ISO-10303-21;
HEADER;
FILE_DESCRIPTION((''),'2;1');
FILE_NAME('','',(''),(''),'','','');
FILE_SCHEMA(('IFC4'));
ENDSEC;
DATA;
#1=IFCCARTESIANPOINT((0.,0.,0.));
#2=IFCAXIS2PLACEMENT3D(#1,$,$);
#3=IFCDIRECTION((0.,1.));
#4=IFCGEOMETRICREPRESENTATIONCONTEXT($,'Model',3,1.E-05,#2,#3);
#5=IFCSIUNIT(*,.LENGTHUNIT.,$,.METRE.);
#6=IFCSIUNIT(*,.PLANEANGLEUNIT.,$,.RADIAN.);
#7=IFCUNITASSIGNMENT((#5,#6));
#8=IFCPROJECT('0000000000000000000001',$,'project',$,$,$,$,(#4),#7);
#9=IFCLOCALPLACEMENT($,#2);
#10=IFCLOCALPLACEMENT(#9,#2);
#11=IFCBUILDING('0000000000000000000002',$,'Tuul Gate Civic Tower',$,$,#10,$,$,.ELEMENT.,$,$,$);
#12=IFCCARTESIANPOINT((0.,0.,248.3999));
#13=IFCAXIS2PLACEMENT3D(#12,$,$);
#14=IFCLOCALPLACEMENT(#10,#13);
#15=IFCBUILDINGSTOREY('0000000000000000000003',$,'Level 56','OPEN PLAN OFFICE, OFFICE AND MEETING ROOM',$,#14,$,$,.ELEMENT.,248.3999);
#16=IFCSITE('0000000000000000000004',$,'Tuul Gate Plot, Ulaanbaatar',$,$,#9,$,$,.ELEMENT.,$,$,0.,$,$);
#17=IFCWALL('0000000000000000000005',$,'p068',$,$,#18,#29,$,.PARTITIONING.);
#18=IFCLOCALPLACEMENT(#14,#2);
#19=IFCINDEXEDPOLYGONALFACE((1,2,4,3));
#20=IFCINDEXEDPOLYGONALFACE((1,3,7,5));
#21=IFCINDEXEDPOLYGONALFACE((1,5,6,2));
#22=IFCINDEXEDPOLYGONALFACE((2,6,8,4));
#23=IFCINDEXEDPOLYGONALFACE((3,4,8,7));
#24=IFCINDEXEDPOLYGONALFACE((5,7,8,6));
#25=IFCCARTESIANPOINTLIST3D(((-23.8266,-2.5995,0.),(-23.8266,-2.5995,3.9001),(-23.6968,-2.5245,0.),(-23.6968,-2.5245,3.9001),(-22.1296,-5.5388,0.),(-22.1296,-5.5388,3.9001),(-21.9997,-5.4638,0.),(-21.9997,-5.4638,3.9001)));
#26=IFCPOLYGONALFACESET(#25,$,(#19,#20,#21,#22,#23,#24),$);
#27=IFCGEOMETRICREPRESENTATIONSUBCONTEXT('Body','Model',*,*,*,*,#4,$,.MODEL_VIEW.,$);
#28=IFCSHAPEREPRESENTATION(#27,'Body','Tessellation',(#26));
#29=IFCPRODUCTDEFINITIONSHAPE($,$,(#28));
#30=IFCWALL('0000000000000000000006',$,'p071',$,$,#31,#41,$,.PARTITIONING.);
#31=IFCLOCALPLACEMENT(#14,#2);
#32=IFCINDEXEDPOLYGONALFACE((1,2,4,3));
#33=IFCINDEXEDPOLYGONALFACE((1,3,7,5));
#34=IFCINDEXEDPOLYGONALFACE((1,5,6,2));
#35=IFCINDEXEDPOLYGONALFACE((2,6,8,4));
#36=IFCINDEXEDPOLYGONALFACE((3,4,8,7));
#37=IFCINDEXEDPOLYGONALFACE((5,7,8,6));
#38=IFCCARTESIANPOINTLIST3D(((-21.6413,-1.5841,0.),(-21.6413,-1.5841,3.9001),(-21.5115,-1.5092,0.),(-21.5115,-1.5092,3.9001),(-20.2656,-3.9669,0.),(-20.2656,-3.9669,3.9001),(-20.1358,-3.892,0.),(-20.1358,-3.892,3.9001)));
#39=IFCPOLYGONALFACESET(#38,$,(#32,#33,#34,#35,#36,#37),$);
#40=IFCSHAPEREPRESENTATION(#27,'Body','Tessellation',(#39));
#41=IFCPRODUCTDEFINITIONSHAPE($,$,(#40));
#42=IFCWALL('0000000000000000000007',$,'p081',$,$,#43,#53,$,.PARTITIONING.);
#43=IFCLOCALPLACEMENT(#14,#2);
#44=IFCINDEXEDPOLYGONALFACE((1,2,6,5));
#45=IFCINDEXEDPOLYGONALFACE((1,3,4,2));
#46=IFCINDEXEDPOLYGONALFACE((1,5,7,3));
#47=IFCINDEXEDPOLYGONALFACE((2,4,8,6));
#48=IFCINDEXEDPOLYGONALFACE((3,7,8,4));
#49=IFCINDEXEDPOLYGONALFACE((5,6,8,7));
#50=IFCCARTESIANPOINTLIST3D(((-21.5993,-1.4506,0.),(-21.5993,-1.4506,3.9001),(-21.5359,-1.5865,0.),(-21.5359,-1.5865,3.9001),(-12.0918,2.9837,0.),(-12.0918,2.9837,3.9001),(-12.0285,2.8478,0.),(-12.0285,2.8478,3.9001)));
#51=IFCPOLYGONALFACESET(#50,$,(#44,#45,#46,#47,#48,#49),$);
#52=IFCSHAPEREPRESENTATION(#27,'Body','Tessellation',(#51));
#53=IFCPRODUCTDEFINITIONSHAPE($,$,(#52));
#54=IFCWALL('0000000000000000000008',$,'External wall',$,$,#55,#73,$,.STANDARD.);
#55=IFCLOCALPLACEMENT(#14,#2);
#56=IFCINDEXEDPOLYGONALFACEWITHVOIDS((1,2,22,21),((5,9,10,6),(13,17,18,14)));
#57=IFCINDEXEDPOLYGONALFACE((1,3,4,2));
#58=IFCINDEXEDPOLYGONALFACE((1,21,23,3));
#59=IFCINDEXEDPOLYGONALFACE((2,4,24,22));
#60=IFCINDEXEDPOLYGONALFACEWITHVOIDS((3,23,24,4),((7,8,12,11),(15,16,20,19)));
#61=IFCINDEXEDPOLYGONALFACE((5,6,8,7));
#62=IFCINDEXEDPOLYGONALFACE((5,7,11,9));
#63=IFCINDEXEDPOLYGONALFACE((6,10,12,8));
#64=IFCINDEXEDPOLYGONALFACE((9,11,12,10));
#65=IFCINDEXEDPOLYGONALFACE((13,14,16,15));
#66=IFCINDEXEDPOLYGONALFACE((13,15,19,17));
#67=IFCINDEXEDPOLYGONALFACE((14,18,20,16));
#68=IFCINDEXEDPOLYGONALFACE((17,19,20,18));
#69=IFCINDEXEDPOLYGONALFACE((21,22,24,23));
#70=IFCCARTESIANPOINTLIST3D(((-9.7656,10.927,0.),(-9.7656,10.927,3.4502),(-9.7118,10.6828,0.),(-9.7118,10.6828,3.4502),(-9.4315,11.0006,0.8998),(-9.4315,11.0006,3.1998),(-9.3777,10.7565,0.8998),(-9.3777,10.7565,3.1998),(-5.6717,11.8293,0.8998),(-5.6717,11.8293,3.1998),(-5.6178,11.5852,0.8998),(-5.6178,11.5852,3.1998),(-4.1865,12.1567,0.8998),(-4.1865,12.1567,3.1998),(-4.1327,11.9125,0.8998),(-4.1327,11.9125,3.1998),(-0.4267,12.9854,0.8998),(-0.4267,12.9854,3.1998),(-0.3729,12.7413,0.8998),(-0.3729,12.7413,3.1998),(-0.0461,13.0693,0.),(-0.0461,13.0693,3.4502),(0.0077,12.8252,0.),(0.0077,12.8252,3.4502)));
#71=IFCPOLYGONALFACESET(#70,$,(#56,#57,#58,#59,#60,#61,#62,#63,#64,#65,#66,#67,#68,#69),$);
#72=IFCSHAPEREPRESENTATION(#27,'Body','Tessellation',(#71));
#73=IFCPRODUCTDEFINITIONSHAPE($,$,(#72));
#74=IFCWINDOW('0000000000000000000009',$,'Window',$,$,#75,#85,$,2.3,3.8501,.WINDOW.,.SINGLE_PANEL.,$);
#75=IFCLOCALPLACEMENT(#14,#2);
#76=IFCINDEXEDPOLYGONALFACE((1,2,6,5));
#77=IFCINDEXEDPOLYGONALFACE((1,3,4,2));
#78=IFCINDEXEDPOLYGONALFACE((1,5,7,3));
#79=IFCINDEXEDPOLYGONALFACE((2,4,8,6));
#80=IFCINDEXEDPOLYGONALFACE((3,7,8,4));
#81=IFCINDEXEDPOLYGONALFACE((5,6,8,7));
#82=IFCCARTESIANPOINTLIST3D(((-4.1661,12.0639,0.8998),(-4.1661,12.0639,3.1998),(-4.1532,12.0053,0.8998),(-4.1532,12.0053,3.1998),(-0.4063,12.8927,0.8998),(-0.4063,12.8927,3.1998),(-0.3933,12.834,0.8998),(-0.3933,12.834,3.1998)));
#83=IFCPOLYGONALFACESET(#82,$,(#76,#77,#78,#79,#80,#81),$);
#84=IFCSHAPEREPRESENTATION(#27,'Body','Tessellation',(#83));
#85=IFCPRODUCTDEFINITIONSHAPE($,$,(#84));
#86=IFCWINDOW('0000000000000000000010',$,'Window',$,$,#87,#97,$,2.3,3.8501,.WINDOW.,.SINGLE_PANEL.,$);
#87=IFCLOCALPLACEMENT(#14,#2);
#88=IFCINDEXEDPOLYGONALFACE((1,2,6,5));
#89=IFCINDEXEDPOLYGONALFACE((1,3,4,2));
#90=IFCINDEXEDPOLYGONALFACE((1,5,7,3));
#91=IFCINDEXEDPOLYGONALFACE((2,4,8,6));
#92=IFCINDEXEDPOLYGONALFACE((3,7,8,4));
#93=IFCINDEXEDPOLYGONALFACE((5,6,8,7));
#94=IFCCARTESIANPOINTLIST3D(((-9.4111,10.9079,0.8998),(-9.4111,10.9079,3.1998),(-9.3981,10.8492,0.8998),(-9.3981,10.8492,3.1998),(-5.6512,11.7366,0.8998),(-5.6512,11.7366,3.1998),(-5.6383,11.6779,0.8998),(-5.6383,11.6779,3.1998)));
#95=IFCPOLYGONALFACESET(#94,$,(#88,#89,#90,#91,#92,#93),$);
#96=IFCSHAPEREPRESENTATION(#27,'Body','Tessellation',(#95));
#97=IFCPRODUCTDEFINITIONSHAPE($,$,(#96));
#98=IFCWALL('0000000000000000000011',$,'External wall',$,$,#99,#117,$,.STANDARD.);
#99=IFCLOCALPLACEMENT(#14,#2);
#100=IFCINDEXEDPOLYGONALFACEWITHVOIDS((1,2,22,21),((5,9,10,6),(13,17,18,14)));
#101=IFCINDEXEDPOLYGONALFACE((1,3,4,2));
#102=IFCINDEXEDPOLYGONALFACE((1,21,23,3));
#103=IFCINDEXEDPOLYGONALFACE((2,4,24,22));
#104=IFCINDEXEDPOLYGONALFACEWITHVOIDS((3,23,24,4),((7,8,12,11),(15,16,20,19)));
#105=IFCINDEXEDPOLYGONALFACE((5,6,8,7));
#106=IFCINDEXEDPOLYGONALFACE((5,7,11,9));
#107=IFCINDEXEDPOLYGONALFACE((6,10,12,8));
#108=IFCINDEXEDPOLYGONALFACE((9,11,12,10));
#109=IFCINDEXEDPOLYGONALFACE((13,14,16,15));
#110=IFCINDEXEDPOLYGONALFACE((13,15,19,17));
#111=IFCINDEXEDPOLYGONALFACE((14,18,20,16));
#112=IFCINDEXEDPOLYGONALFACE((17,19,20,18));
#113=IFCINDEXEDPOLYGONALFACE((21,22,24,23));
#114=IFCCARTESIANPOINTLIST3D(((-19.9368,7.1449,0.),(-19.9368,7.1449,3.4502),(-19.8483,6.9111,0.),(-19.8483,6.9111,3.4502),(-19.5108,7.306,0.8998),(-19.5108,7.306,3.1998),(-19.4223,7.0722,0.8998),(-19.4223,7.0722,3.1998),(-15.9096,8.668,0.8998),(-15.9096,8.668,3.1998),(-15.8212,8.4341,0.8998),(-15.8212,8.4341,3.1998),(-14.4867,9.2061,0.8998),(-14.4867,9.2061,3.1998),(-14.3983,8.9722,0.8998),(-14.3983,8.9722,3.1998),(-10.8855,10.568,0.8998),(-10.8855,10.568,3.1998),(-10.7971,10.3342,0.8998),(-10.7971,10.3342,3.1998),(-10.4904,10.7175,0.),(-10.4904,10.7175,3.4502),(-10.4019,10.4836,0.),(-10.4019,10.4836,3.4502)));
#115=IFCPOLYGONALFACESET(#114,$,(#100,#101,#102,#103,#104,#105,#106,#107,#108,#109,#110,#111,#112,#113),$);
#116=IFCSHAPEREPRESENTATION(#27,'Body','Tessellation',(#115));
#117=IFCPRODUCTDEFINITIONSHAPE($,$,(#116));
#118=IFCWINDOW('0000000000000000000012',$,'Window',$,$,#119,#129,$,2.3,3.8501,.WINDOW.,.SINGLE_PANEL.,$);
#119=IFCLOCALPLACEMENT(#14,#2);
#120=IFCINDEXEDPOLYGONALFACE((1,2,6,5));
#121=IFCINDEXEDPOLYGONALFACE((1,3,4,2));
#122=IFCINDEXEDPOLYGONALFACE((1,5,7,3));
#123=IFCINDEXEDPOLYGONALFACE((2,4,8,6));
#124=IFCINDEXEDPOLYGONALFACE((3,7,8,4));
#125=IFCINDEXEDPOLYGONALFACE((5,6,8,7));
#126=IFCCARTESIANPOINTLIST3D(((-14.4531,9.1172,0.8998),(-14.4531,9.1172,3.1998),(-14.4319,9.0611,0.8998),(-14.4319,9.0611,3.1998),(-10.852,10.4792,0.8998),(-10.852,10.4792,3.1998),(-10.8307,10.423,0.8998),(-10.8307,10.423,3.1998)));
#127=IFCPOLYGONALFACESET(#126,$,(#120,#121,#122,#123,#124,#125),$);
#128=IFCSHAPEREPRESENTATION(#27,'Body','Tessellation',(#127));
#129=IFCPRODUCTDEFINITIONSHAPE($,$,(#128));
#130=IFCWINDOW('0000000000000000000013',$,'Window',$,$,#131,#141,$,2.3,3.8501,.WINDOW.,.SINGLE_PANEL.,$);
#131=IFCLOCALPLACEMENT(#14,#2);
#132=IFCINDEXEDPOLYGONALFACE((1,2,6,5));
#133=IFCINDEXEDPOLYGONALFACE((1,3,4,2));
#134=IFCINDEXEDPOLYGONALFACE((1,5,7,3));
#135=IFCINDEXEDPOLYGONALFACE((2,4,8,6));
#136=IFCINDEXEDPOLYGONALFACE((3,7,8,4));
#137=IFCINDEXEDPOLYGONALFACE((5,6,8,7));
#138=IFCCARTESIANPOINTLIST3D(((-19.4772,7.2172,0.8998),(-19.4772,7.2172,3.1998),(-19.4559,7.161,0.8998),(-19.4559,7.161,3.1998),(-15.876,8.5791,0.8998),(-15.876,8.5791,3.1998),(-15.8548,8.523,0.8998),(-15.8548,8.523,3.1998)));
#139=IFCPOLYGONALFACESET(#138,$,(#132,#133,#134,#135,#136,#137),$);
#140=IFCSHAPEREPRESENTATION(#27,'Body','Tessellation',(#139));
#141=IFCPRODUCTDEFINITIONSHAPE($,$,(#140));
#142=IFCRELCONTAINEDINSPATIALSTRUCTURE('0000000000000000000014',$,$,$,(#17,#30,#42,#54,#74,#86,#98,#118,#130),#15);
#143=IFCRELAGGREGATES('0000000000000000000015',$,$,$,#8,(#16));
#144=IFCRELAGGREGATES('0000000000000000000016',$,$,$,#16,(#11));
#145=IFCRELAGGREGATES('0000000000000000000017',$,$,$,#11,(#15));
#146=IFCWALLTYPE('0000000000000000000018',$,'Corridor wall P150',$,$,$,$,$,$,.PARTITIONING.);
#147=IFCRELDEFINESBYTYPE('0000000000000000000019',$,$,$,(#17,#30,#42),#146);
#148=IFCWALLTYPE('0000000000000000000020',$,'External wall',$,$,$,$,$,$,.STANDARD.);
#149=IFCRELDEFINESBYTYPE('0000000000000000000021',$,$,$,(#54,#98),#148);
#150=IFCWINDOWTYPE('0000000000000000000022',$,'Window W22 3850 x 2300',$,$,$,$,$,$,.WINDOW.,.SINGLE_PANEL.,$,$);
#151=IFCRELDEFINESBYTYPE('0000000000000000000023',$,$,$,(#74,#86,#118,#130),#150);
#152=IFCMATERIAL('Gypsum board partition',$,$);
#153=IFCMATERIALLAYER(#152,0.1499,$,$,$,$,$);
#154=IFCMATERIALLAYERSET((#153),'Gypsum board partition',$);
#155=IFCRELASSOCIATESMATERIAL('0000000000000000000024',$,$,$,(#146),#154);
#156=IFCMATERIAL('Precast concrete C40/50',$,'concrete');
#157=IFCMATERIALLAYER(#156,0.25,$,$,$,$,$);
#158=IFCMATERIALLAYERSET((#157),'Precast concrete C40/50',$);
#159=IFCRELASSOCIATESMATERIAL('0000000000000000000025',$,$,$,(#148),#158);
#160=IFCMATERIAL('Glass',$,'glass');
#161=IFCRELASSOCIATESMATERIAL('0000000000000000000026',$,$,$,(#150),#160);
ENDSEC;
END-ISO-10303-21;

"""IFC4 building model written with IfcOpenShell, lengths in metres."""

from ifc_helpers import new_model, si_unit, direction, frame, frame_2d, origin, place, context, subcontext, project, spatial, rectangle, extrude, material, layer, layer_set, type_object, element, fill, save


model = new_model("IFC4")

# Units and contexts
model_context = context("Model", 3, precision=1e-05, world=origin(), true_north=direction((0.0, 1.0)))
body_context = subcontext(model_context, "Body", "Model", "MODEL_VIEW")
ifc_project = project(units=[si_unit("LENGTHUNIT", "METRE"), si_unit("PLANEANGLEUNIT", "RADIAN")], contexts=[model_context])

# Site, building, storey
site_placement = place(None, origin())
site = spatial("IfcSite", under=ifc_project, at=site_placement, Name="Tuul Gate Plot, Ulaanbaatar", CompositionType="ELEMENT", RefElevation=0.0)
building_placement = place(site_placement, origin())
building = spatial("IfcBuilding", under=site, at=building_placement, Name="Tuul Gate Civic Tower", CompositionType="ELEMENT")
storey_placement = place(building_placement, frame((0.0, 0.0, 248.3999)))
storey = spatial("IfcBuildingStorey", under=building, at=storey_placement, Name="Level 56", Description="OPEN PLAN OFFICE, OFFICE AND MEETING ROOM", CompositionType="ELEMENT", Elevation=248.3999)

# Shared definitions
ifc_material_1 = material(Name="Gypsum board partition")
ifc_layer_1 = layer(ifc_material_1, 0.1499)
ifc_layer_set_1 = layer_set([ifc_layer_1], Name="Gypsum board partition")
wall_type_1 = type_object("IfcWallType", Name="Corridor wall P150", PredefinedType="PARTITIONING", material=ifc_layer_set_1)

# Walls
wall_1_placement = place(storey_placement, frame((-23.7617, -2.562, 0.0), z_axis=(0.0, 0.0, 1.0), x_axis=(0.500015, -0.866017, 0.0)))
element("IfcWall", 1, at=wall_1_placement, inside=storey, type_object=wall_type_1, Name="p068", PredefinedType="PARTITIONING", context=body_context, shape_type="SweptSolid", body=[
    extrude(rectangle(XDim=3.394, YDim=0.1499, at=frame_2d((1.697, 0.0))), origin(), (0.0, 0.0, 1.0), 3.9001),
])
wall_2_placement = place(storey_placement, frame((-21.5764, -1.5466, 0.0), z_axis=(0.0, 0.0, 1.0), x_axis=(0.500004, -0.866023, 0.0)))
element("IfcWall", 2, at=wall_2_placement, inside=storey, type_object=wall_type_1, Name="p071", PredefinedType="PARTITIONING", context=body_context, shape_type="SweptSolid", body=[
    extrude(rectangle(XDim=2.7515, YDim=0.1499, at=frame_2d((1.3757, 0.0))), origin(), (0.0, 0.0, 1.0), 3.9001),
])
wall_3_placement = place(storey_placement, frame((-21.5676, -1.5186, 0.0), z_axis=(0.0, 0.0, 1.0), x_axis=(0.906276, 0.422687, 0.0)))
element("IfcWall", 3, at=wall_3_placement, inside=storey, type_object=wall_type_1, Name="p081", PredefinedType="PARTITIONING", context=body_context, shape_type="SweptSolid", body=[
    extrude(rectangle(XDim=10.4907, YDim=0.1499, at=frame_2d((5.2454, 0.0))), origin(), (0.0, 0.0, 1.0), 3.9001),
])

# Walls, openings, windows
ifc_material_2 = material(Name="Precast concrete C40/50", Category="concrete")
ifc_layer_2 = layer(ifc_material_2, 0.25)
ifc_layer_set_2 = layer_set([ifc_layer_2], Name="Precast concrete C40/50")
wall_type_2 = type_object("IfcWallType", Name="External wall", PredefinedType="STANDARD", material=ifc_layer_set_2)
wall_4_placement = place(storey_placement, frame((-0.019, 12.9473, 0.0), z_axis=(0.0, 0.0, 1.0), x_axis=(-0.976559, -0.21525, 0.0)))
wall_4 = element("IfcWall", 4, at=wall_4_placement, inside=storey, type_object=wall_type_2, Name="External wall", PredefinedType="STANDARD", context=body_context, shape_type="SweptSolid", body=[
    extrude(rectangle(XDim=9.9529, YDim=0.25, at=frame_2d((4.9766, 0.0))), origin(), (0.0, 0.0, 1.0), 3.4502),
])
opening_1_placement = place(wall_4_placement, frame((0.3899, 0.0, 0.8999)))
opening_1 = element("IfcOpeningElement", 5, at=opening_1_placement, cuts=wall_4, PredefinedType="OPENING", context=body_context, shape_type="SweptSolid", body=[
    extrude(rectangle(XDim=3.8501, YDim=2.3, at=frame_2d((1.925, 1.1499))), frame((0.0, 0.135, 0.0), z_axis=(0.0, -1.0, 0.0), x_axis=(1.0, 0.0, 0.0)), (0.0, 0.0, 1.0), 0.27),
])
opening_2_placement = place(wall_4_placement, frame((5.7607, 0.0, 0.8999)))
opening_2 = element("IfcOpeningElement", 6, at=opening_2_placement, cuts=wall_4, PredefinedType="OPENING", context=body_context, shape_type="SweptSolid", body=[
    extrude(rectangle(XDim=3.8501, YDim=2.3, at=frame_2d((1.925, 1.1499))), frame((0.0, 0.135, 0.0), z_axis=(0.0, -1.0, 0.0), x_axis=(1.0, 0.0, 0.0)), (0.0, 0.0, 1.0), 0.27),
])
ifc_material_3 = material(Name="Glass", Category="glass")
window_type_1 = type_object("IfcWindowType", Name="Window W22 3850 x 2300", PartitioningType="SINGLE_PANEL", PredefinedType="WINDOW", material=ifc_material_3)
window_1_placement = place(opening_1_placement, origin())
window_1 = element("IfcWindow", 7, at=window_1_placement, inside=storey, type_object=window_type_1, Name="Window", OverallHeight=2.3, OverallWidth=3.8501, PartitioningType="SINGLE_PANEL", PredefinedType="WINDOW", context=body_context, shape_type="SweptSolid", body=[
    extrude(rectangle(XDim=3.8501, YDim=2.3, at=frame_2d((1.925, 1.1499))), frame((0.0, 0.03, 0.0), z_axis=(0.0, -1.0, 0.0), x_axis=(1.0, 0.0, 0.0)), (0.0, 0.0, 1.0), 0.0601),
])
fill(opening_1, window_1)
window_2_placement = place(opening_2_placement, origin())
window_2 = element("IfcWindow", 8, at=window_2_placement, inside=storey, type_object=window_type_1, Name="Window", OverallHeight=2.3, OverallWidth=3.8501, PartitioningType="SINGLE_PANEL", PredefinedType="WINDOW", context=body_context, shape_type="SweptSolid", body=[
    extrude(rectangle(XDim=3.8501, YDim=2.3, at=frame_2d((1.925, 1.1499))), frame((0.0, 0.03, 0.0), z_axis=(0.0, -1.0, 0.0), x_axis=(1.0, 0.0, 0.0)), (0.0, 0.0, 1.0), 0.0601),
])
fill(opening_2, window_2)
wall_5_placement = place(storey_placement, frame((-10.446, 10.6006, 0.0), z_axis=(0.0, 0.0, 1.0), x_axis=(-0.935344, -0.353739, 0.0)))
wall_5 = element("IfcWall", 9, at=wall_5_placement, inside=storey, type_object=wall_type_2, Name="External wall", PredefinedType="STANDARD", context=body_context, shape_type="SweptSolid", body=[
    extrude(rectangle(XDim=10.0994, YDim=0.25, at=frame_2d((5.0498, 0.0))), origin(), (0.0, 0.0, 1.0), 3.4502),
])
opening_3_placement = place(wall_5_placement, frame((0.4226, 0.0, 0.8999)))
opening_3 = element("IfcOpeningElement", 10, at=opening_3_placement, cuts=wall_5, PredefinedType="OPENING", context=body_context, shape_type="SweptSolid", body=[
    extrude(rectangle(XDim=3.8501, YDim=2.3, at=frame_2d((1.925, 1.1499))), frame((0.0, 0.135, 0.0), z_axis=(0.0, -1.0, 0.0), x_axis=(1.0, 0.0, 0.0)), (0.0, 0.0, 1.0), 0.27),
])
opening_4_placement = place(wall_5_placement, frame((5.7939, 0.0, 0.8999)))
opening_4 = element("IfcOpeningElement", 11, at=opening_4_placement, cuts=wall_5, PredefinedType="OPENING", context=body_context, shape_type="SweptSolid", body=[
    extrude(rectangle(XDim=3.8501, YDim=2.3, at=frame_2d((1.925, 1.1499))), frame((0.0, 0.135, 0.0), z_axis=(0.0, -1.0, 0.0), x_axis=(1.0, 0.0, 0.0)), (0.0, 0.0, 1.0), 0.27),
])
window_3_placement = place(opening_3_placement, origin())
window_3 = element("IfcWindow", 12, at=window_3_placement, inside=storey, type_object=window_type_1, Name="Window", OverallHeight=2.3, OverallWidth=3.8501, PartitioningType="SINGLE_PANEL", PredefinedType="WINDOW", context=body_context, shape_type="SweptSolid", body=[
    extrude(rectangle(XDim=3.8501, YDim=2.3, at=frame_2d((1.925, 1.1499))), frame((0.0, 0.03, 0.0), z_axis=(0.0, -1.0, 0.0), x_axis=(1.0, 0.0, 0.0)), (0.0, 0.0, 1.0), 0.0601),
])
fill(opening_3, window_3)
window_4_placement = place(opening_4_placement, origin())
window_4 = element("IfcWindow", 13, at=window_4_placement, inside=storey, type_object=window_type_1, Name="Window", OverallHeight=2.3, OverallWidth=3.8501, PartitioningType="SINGLE_PANEL", PredefinedType="WINDOW", context=body_context, shape_type="SweptSolid", body=[
    extrude(rectangle(XDim=3.8501, YDim=2.3, at=frame_2d((1.925, 1.1499))), frame((0.0, 0.03, 0.0), z_axis=(0.0, -1.0, 0.0), x_axis=(1.0, 0.0, 0.0)), (0.0, 0.0, 1.0), 0.0601),
])
fill(opening_4, window_4)

save(model, "model.ifc")
